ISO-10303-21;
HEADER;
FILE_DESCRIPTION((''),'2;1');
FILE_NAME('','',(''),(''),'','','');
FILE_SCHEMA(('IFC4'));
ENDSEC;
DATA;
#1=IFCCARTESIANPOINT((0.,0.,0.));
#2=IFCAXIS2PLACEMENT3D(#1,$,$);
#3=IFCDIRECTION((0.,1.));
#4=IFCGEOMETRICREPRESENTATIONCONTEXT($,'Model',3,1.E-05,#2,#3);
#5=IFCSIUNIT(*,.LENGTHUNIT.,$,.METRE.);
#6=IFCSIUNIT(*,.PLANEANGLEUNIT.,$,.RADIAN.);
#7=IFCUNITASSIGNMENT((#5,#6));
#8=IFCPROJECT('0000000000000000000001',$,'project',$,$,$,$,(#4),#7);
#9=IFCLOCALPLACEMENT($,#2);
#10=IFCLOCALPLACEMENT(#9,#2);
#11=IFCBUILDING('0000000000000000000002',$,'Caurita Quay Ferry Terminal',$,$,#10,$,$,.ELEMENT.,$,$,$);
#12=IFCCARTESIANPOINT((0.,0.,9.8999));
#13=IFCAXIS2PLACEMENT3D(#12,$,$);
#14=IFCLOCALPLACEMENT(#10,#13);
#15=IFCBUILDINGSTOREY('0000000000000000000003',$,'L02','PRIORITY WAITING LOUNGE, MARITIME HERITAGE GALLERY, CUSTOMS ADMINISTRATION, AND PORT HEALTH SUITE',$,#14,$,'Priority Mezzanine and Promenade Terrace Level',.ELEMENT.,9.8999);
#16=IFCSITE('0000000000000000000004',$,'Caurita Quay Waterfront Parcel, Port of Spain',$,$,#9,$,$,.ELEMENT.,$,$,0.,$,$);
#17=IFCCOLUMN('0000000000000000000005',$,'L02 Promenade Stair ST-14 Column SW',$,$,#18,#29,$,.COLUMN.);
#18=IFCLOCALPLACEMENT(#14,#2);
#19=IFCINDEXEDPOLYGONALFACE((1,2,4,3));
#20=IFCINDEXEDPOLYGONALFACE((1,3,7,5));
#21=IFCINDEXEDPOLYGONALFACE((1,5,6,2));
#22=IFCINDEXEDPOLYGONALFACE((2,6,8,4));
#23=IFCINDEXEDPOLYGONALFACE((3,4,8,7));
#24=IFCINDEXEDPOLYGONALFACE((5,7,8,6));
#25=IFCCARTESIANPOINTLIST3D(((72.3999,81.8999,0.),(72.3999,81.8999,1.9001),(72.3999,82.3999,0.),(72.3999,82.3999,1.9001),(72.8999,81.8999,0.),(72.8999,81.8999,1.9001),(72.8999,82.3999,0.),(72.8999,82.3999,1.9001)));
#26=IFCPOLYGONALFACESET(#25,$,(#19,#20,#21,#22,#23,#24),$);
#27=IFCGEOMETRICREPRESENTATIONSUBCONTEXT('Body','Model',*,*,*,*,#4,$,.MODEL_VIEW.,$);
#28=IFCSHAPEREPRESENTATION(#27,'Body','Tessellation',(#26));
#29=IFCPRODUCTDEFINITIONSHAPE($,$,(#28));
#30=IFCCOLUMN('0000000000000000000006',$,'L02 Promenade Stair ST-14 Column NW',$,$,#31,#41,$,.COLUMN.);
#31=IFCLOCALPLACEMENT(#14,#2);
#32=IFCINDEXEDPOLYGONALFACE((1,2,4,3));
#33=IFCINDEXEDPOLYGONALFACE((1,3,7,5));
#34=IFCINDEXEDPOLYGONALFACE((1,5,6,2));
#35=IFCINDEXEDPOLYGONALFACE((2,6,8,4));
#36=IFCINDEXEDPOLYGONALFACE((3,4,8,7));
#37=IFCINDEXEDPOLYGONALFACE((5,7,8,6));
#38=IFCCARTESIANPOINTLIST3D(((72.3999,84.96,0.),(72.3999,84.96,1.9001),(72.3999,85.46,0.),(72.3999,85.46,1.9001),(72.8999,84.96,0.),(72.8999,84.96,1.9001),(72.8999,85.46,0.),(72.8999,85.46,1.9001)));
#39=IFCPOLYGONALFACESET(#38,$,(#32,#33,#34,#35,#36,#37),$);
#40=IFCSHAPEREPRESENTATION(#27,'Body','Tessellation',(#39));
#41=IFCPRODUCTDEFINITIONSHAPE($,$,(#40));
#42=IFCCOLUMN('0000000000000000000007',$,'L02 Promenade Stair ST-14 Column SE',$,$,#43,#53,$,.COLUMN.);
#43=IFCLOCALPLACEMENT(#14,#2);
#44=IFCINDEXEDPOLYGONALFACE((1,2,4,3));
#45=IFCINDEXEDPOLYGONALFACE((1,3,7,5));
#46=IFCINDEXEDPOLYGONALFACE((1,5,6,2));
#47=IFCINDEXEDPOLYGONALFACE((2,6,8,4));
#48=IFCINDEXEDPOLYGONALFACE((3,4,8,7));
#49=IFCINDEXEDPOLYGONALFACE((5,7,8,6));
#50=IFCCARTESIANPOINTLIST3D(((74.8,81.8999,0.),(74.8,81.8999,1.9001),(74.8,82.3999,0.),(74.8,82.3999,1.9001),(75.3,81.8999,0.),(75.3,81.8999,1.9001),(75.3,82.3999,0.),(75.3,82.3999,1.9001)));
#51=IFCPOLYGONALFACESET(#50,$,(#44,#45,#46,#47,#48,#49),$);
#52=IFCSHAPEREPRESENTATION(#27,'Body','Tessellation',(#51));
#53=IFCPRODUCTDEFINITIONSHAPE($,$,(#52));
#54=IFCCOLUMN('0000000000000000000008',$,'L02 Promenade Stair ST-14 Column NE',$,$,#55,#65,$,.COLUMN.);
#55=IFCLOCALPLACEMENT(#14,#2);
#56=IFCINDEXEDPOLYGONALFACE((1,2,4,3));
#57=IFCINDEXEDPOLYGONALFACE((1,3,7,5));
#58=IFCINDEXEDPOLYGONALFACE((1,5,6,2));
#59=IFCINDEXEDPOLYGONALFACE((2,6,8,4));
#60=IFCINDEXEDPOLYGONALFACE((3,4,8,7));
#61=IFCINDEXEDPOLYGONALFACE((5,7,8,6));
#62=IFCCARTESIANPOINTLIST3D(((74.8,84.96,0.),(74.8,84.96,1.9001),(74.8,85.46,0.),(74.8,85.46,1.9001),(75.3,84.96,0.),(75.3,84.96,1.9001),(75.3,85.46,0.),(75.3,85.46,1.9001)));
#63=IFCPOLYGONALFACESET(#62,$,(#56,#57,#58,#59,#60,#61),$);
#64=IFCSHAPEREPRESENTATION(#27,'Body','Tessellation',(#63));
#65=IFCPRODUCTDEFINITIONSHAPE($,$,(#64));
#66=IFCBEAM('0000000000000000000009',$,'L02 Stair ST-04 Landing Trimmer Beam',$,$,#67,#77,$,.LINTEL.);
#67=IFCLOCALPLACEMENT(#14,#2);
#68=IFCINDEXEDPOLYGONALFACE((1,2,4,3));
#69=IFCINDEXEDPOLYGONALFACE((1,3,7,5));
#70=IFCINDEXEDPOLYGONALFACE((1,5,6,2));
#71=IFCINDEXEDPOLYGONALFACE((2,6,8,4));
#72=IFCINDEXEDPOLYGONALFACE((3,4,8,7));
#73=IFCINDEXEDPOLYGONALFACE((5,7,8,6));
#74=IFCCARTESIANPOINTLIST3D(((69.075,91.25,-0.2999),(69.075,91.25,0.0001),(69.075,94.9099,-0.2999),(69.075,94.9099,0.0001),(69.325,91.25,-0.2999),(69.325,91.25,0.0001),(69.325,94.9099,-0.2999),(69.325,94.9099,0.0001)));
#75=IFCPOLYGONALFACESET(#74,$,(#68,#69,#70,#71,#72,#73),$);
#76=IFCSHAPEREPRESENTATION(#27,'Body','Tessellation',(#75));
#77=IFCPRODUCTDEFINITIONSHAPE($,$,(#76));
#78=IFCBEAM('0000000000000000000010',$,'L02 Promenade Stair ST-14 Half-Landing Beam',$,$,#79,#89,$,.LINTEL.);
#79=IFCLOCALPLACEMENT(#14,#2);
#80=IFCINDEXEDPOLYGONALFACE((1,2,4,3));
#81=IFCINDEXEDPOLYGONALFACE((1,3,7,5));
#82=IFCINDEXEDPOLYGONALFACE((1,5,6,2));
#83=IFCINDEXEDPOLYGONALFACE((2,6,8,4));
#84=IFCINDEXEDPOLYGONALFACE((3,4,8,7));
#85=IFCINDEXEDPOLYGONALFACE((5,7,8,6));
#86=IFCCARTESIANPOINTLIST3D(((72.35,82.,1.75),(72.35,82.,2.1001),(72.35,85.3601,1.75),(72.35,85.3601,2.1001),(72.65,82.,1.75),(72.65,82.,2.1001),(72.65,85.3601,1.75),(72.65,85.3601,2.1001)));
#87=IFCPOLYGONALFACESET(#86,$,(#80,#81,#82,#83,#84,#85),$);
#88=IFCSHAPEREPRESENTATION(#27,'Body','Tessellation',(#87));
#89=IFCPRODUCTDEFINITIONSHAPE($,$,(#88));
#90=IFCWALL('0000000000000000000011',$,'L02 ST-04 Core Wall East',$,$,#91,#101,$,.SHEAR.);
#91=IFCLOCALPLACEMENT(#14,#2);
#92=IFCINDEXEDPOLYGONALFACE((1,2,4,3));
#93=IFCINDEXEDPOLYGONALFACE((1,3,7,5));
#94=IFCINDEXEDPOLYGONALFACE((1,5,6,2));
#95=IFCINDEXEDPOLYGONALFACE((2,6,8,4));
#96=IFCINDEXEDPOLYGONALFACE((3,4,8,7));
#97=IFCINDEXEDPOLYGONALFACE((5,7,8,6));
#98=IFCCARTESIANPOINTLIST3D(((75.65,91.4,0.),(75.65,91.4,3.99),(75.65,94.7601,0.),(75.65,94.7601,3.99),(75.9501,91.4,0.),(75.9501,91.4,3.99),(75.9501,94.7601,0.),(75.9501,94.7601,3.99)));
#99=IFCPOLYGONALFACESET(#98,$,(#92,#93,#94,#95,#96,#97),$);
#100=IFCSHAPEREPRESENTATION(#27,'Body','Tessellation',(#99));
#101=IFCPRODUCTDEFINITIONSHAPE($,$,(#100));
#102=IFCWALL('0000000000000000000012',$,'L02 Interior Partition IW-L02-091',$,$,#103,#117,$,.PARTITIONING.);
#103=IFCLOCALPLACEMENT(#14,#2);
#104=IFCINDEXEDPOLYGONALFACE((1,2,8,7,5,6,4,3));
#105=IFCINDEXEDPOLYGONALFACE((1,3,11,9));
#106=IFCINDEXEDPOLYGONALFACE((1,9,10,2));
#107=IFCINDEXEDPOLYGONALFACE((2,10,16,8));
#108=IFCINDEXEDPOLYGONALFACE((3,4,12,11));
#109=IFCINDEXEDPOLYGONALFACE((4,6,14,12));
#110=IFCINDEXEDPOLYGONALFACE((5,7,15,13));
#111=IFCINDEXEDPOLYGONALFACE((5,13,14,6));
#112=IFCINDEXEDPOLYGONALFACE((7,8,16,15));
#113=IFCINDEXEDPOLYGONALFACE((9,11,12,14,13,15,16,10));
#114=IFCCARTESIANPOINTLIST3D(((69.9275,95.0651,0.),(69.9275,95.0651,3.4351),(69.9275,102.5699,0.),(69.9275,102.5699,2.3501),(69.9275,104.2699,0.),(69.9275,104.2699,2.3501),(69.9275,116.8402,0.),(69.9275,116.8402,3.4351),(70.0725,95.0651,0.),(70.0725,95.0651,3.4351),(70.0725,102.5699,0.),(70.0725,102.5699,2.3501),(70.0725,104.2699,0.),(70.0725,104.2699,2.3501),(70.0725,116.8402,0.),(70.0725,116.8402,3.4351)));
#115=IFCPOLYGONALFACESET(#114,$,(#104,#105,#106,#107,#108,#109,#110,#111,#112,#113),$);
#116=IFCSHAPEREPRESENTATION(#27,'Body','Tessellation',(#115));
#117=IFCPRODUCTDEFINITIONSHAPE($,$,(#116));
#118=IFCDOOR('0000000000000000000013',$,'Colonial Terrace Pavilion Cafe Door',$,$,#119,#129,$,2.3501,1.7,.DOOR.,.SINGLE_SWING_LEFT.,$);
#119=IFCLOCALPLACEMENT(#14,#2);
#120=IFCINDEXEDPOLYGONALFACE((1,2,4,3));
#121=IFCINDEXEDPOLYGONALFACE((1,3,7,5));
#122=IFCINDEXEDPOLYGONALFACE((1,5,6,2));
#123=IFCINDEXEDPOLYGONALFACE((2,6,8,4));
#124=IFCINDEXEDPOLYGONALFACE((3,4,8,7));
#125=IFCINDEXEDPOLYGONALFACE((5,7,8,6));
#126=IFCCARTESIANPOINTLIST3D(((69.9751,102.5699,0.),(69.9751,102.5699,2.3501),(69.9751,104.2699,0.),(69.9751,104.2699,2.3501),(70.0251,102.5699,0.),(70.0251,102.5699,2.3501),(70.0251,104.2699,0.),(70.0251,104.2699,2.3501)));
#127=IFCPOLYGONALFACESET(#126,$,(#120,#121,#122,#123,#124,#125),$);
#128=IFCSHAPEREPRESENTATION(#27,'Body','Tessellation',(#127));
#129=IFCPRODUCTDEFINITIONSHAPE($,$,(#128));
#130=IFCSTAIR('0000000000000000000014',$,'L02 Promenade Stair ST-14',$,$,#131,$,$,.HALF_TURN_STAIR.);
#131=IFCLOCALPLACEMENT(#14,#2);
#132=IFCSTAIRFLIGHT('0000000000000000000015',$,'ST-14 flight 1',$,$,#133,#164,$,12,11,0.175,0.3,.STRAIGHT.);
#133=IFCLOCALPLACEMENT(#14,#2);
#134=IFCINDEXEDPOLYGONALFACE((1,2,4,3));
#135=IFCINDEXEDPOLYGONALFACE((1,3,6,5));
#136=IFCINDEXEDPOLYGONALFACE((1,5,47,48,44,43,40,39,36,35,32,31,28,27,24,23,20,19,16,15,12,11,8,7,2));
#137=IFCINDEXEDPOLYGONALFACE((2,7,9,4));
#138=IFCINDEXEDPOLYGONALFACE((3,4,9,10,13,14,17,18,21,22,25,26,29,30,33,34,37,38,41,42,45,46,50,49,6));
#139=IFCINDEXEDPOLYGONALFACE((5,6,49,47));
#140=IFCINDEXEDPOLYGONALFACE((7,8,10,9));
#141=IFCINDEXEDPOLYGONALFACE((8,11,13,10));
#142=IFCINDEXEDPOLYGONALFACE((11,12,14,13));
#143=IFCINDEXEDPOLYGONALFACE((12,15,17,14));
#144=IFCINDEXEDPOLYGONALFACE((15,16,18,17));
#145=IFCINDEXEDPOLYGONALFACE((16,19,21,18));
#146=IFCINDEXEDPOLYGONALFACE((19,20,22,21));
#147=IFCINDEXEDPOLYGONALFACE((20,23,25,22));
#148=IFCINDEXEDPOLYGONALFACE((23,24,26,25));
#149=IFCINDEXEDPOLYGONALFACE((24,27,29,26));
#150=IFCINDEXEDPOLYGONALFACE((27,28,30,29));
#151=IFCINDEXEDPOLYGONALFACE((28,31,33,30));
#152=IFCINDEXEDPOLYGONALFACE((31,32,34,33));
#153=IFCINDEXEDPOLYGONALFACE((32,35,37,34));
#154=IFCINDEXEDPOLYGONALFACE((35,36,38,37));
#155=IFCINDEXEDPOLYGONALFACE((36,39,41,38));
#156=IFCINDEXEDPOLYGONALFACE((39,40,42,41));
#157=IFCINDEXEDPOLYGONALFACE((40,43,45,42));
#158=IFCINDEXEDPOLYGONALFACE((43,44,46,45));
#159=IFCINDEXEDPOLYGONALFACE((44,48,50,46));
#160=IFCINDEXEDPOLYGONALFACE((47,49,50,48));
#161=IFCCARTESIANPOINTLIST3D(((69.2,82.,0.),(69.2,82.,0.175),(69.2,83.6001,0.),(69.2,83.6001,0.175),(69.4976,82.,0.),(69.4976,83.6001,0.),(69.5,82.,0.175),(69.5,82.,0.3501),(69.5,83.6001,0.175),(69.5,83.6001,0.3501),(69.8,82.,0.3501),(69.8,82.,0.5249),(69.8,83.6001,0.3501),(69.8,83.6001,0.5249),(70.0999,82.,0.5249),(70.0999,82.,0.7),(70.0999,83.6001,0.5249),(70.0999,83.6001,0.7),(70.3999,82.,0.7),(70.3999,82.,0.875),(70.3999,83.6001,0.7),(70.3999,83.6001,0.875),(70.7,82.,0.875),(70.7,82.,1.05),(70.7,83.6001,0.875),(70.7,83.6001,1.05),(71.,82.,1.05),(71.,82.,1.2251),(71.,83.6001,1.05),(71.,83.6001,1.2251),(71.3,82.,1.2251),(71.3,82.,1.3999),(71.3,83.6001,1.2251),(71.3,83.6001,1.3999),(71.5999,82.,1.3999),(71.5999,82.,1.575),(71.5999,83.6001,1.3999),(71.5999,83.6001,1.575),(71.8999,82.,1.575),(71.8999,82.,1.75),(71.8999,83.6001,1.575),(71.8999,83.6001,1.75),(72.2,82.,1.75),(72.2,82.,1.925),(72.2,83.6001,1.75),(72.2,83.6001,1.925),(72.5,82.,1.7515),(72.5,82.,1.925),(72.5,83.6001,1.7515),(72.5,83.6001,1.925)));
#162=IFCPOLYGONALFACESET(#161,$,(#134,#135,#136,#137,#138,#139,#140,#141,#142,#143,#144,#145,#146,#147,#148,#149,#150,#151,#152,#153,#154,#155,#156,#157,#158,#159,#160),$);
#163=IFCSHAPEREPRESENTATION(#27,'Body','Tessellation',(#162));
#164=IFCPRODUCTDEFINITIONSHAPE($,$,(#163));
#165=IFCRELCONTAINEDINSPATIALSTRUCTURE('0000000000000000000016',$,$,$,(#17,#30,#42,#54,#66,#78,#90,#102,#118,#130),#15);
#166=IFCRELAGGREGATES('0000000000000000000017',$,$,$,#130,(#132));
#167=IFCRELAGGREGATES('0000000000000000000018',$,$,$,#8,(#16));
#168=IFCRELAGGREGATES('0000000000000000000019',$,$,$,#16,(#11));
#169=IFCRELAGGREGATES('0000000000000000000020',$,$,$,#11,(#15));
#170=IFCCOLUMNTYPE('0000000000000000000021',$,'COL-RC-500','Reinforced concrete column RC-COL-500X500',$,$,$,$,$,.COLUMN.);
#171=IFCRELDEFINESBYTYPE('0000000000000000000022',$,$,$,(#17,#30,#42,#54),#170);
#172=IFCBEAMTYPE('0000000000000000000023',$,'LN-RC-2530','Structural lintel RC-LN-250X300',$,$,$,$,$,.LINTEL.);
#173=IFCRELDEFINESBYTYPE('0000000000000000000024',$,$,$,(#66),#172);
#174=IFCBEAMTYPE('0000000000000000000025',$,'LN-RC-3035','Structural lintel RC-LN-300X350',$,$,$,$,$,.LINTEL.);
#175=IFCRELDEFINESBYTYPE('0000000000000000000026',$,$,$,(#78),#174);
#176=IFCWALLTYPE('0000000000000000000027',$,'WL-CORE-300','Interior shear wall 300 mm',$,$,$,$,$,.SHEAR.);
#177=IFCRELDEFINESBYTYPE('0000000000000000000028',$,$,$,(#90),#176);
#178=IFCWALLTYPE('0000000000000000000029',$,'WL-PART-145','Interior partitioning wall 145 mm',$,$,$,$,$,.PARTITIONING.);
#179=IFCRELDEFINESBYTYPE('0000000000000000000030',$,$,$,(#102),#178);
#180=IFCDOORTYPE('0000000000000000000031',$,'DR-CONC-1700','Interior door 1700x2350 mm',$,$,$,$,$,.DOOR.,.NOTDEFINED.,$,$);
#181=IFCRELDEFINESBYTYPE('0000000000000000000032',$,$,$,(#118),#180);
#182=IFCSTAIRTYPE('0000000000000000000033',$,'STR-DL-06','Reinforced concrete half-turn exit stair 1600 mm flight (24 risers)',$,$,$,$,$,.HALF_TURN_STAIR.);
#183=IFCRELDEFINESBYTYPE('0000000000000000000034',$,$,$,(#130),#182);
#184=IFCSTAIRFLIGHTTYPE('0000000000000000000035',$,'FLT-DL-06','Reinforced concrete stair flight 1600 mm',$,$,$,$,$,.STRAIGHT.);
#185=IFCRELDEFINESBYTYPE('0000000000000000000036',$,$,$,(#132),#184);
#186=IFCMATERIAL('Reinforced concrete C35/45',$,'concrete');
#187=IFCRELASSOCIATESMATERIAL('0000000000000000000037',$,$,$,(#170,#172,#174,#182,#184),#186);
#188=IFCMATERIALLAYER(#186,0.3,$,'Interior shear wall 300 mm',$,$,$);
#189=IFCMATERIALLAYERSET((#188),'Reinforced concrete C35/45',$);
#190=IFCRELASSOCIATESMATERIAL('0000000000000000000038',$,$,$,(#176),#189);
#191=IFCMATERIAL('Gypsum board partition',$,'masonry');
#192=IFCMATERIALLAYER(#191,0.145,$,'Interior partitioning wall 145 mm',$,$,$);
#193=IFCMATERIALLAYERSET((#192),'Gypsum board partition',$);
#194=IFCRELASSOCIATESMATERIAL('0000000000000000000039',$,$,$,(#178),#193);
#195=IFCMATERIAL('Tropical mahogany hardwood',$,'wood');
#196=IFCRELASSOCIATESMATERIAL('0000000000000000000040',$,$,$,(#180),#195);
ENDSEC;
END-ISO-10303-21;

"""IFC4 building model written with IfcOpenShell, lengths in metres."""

from ifc_helpers import new_model, si_unit, direction, frame, frame_2d, origin, origin_2d, place, context, subcontext, project, spatial, polyline, rectangle, outline, extrude, material, layer, layer_set, material_profile, profile_set, type_object, element, fill, aggregate, save


model = new_model("IFC4")

# Units and contexts
model_context = context("Model", 3, precision=1e-05, world=origin(), true_north=direction((0.0, 1.0)))
body_context = subcontext(model_context, "Body", "Model", "MODEL_VIEW")
ifc_project = project(units=[si_unit("LENGTHUNIT", "METRE"), si_unit("PLANEANGLEUNIT", "RADIAN")], contexts=[model_context])

# Site, building, storey
site_placement = place(None, origin())
site = spatial("IfcSite", under=ifc_project, at=site_placement, Name="Caurita Quay Waterfront Parcel, Port of Spain", CompositionType="ELEMENT", RefElevation=0.0)
building_placement = place(site_placement, origin())
building = spatial("IfcBuilding", under=site, at=building_placement, Name="Caurita Quay Ferry Terminal", CompositionType="ELEMENT")
storey_placement = place(building_placement, frame((0.0, 0.0, 9.8999)))
storey = spatial("IfcBuildingStorey", under=building, at=storey_placement, Name="L02", Description="PRIORITY WAITING LOUNGE, MARITIME HERITAGE GALLERY, CUSTOMS ADMINISTRATION, AND PORT HEALTH SUITE", LongName="Priority Mezzanine and Promenade Terrace Level", CompositionType="ELEMENT", Elevation=9.8999)

# Columns
ifc_material_1 = material(Name="Reinforced concrete C35/45", Category="concrete")
ifc_material_profile_1 = material_profile(ifc_material_1, rectangle(XDim=0.5, YDim=0.5, at=origin_2d()), Name="RC-COL-500X500")
ifc_profile_set_1 = profile_set([ifc_material_profile_1], Name="Reinforced concrete C35/45")
column_type = type_object("IfcColumnType", Name="COL-RC-500", Description="Reinforced concrete column RC-COL-500X500", PredefinedType="COLUMN", material=ifc_profile_set_1)
for number, where, z_axis, x_axis, name in (
    (1, (72.6499, 82.1499, 0.0), (0.0, 0.0, 1.0), (1.0, 0.0, 0.0), "L02 Promenade Stair ST-14 Column SW"),
    (2, (72.6499, 85.21, 0.0), (0.0, 0.0, 1.0), (1.0, 0.0, 0.0), "L02 Promenade Stair ST-14 Column NW"),
    (3, (75.05, 82.1499, 0.0), (0.0, 0.0, 1.0), (1.0, 0.0, 0.0), "L02 Promenade Stair ST-14 Column SE"),
    (4, (75.05, 85.21, 0.0), (0.0, 0.0, 1.0), (1.0, 0.0, 0.0), "L02 Promenade Stair ST-14 Column NE"),
):
    element("IfcColumn", number, at=place(storey_placement, frame(where, z_axis=z_axis, x_axis=x_axis)), inside=storey, type_object=column_type, Name=name, PredefinedType="COLUMN", context=body_context, shape_type="SweptSolid", body=[
        extrude(rectangle(XDim=0.5, YDim=0.5, at=origin_2d()), origin(), (0.0, 0.0, 1.0), 1.9001),
    ])

# Beams
ifc_material_profile_2 = material_profile(ifc_material_1, rectangle(XDim=0.25, YDim=0.3, at=origin_2d()), Name="RC-LN-250X300")
ifc_profile_set_2 = profile_set([ifc_material_profile_2], Name="Reinforced concrete C35/45")
beam_type_1 = type_object("IfcBeamType", Name="LN-RC-2530", Description="Structural lintel RC-LN-250X300", PredefinedType="LINTEL", material=ifc_profile_set_2)
beam_1_placement = place(storey_placement, frame((69.2, 91.25, -0.1499), z_axis=(0.0, 1.0, 0.0), x_axis=(-1.0, 0.0, 0.0)))
element("IfcBeam", 5, at=beam_1_placement, inside=storey, type_object=beam_type_1, Name="L02 Stair ST-04 Landing Trimmer Beam", PredefinedType="LINTEL", context=body_context, shape_type="SweptSolid", body=[
    extrude(rectangle(XDim=0.25, YDim=0.3, at=origin_2d()), origin(), (0.0, 0.0, 1.0), 3.6599),
])
ifc_material_profile_3 = material_profile(ifc_material_1, rectangle(XDim=0.3, YDim=0.3501, at=origin_2d()), Name="RC-LN-300X350")
ifc_profile_set_3 = profile_set([ifc_material_profile_3], Name="Reinforced concrete C35/45")
beam_type_2 = type_object("IfcBeamType", Name="LN-RC-3035", Description="Structural lintel RC-LN-300X350", PredefinedType="LINTEL", material=ifc_profile_set_3)
beam_2_placement = place(storey_placement, frame((72.5, 82.0, 1.925), z_axis=(0.0, 1.0, 0.0), x_axis=(-1.0, 0.0, 0.0)))
element("IfcBeam", 6, at=beam_2_placement, inside=storey, type_object=beam_type_2, Name="L02 Promenade Stair ST-14 Half-Landing Beam", PredefinedType="LINTEL", context=body_context, shape_type="SweptSolid", body=[
    extrude(rectangle(XDim=0.3, YDim=0.3501, at=origin_2d()), origin(), (0.0, 0.0, 1.0), 3.3601),
])

# Wall
ifc_layer_1 = layer(ifc_material_1, 0.3, Name="Interior shear wall 300 mm")
ifc_layer_set_1 = layer_set([ifc_layer_1], Name="Reinforced concrete C35/45")
wall_type_1 = type_object("IfcWallType", Name="WL-CORE-300", Description="Interior shear wall 300 mm", PredefinedType="SHEAR", material=ifc_layer_set_1)
wall_1_placement = place(storey_placement, frame((75.8, 91.3999, 0.0), z_axis=(0.0, 0.0, 1.0), x_axis=(0.0, 1.0, 0.0)))
element("IfcWall", 7, at=wall_1_placement, inside=storey, type_object=wall_type_1, Name="L02 ST-04 Core Wall East", PredefinedType="SHEAR", context=body_context, shape_type="SweptSolid", body=[
    extrude(rectangle(XDim=3.3601, YDim=0.3, at=frame_2d((1.6802, 0.0))), origin(), (0.0, 0.0, 1.0), 3.99),
])

# Wall, opening, door
ifc_material_2 = material(Name="Gypsum board partition", Category="masonry")
ifc_layer_2 = layer(ifc_material_2, 0.145, Name="Interior partitioning wall 145 mm")
ifc_layer_set_2 = layer_set([ifc_layer_2], Name="Gypsum board partition")
wall_type_2 = type_object("IfcWallType", Name="WL-PART-145", Description="Interior partitioning wall 145 mm", PredefinedType="PARTITIONING", material=ifc_layer_set_2)
wall_2_placement = place(storey_placement, frame((70.0, 95.0649, 0.0), z_axis=(0.0, 0.0, 1.0), x_axis=(0.0, 1.0, 0.0)))
wall_2 = element("IfcWall", 8, at=wall_2_placement, inside=storey, type_object=wall_type_2, Name="L02 Interior Partition IW-L02-091", PredefinedType="PARTITIONING", context=body_context, shape_type="SweptSolid", body=[
    extrude(rectangle(XDim=21.7751, YDim=0.145, at=frame_2d((10.8877, 0.0))), origin(), (0.0, 0.0, 1.0), 3.4351),
])
opening_placement = place(wall_2_placement, frame((7.5049, 0.0, 0.0)))
opening = element("IfcOpeningElement", 9, at=opening_placement, cuts=wall_2, PredefinedType="OPENING", context=body_context, shape_type="SweptSolid", body=[
    extrude(rectangle(XDim=1.7, YDim=2.3501, at=frame_2d((0.8501, 1.175))), frame((0.0, 0.0825, 0.0), z_axis=(0.0, -1.0, 0.0), x_axis=(1.0, 0.0, 0.0)), (0.0, 0.0, 1.0), 0.165),
])
ifc_material_3 = material(Name="Tropical mahogany hardwood", Category="wood")
door_type = type_object("IfcDoorType", Name="DR-CONC-1700", Description="Interior door 1700x2350 mm", OperationType="NOTDEFINED", PredefinedType="DOOR", material=ifc_material_3)
door_placement = place(opening_placement, origin())
door = element("IfcDoor", 10, at=door_placement, inside=storey, type_object=door_type, Name="Colonial Terrace Pavilion Cafe Door", OperationType="SINGLE_SWING_LEFT", OverallHeight=2.3501, OverallWidth=1.7, PredefinedType="DOOR", context=body_context, shape_type="SweptSolid", body=[
    extrude(rectangle(XDim=1.7, YDim=2.3501, at=frame_2d((0.8501, 1.175))), frame((0.0, 0.0249, 0.0), z_axis=(0.0, -1.0, 0.0), x_axis=(1.0, 0.0, 0.0)), (0.0, 0.0, 1.0), 0.05),
])
fill(opening, door)

# Stair, stair flight
stair_type = type_object("IfcStairType", Name="STR-DL-06", Description="Reinforced concrete half-turn exit stair 1600 mm flight (24 risers)", PredefinedType="HALF_TURN_STAIR", material=ifc_material_1)
stair_placement = place(storey_placement, origin())
stair = element("IfcStair", 11, at=stair_placement, inside=storey, type_object=stair_type, Name="L02 Promenade Stair ST-14", PredefinedType="HALF_TURN_STAIR")
stair_flight_type = type_object("IfcStairFlightType", Name="FLT-DL-06", Description="Reinforced concrete stair flight 1600 mm", PredefinedType="STRAIGHT", material=ifc_material_1)
stair_flight_1_placement = place(storey_placement, frame((69.2, 82.8, 0.0), z_axis=(0.0, 0.0, 1.0), x_axis=(1.0, 0.0, 0.0)))
stair_flight_1 = element("IfcStairFlight", 12, at=stair_flight_1_placement, type_object=stair_flight_type, Name="ST-14 flight 1", NumberOfRisers=12, NumberOfTreads=11, PredefinedType="STRAIGHT", RiserHeight=0.175, TreadLength=0.3, context=body_context, shape_type="SweptSolid", body=[
    extrude(outline(polyline([(0.0, 0.0), (0.0, 0.175), (0.3, 0.175), (0.3, 0.3501), (0.6001, 0.3501), (0.6001, 0.5249), (0.8999, 0.5249), (0.8999, 0.7), (1.2, 0.7), (1.2, 0.875), (1.5, 0.875), (1.5, 1.05), (1.8, 1.05), (1.8, 1.2251), (2.1001, 1.2251), (2.1001, 1.3999), (2.3999, 1.3999), (2.3999, 1.575), (2.7, 1.575), (2.7, 1.75), (3.0, 1.75), (3.0, 1.925), (3.3, 1.925), (3.3, 2.1001), (3.3, 1.7515), (0.2976, 0.0), (0.0, 0.0)])), frame((0.0, 0.8, 0.0), z_axis=(0.0, -1.0, 0.0), x_axis=(1.0, 0.0, 0.0)), (0.0, 0.0, 1.0), 1.6001),
])
aggregate(stair, [stair_flight_1])

save(model, "model.ifc")
